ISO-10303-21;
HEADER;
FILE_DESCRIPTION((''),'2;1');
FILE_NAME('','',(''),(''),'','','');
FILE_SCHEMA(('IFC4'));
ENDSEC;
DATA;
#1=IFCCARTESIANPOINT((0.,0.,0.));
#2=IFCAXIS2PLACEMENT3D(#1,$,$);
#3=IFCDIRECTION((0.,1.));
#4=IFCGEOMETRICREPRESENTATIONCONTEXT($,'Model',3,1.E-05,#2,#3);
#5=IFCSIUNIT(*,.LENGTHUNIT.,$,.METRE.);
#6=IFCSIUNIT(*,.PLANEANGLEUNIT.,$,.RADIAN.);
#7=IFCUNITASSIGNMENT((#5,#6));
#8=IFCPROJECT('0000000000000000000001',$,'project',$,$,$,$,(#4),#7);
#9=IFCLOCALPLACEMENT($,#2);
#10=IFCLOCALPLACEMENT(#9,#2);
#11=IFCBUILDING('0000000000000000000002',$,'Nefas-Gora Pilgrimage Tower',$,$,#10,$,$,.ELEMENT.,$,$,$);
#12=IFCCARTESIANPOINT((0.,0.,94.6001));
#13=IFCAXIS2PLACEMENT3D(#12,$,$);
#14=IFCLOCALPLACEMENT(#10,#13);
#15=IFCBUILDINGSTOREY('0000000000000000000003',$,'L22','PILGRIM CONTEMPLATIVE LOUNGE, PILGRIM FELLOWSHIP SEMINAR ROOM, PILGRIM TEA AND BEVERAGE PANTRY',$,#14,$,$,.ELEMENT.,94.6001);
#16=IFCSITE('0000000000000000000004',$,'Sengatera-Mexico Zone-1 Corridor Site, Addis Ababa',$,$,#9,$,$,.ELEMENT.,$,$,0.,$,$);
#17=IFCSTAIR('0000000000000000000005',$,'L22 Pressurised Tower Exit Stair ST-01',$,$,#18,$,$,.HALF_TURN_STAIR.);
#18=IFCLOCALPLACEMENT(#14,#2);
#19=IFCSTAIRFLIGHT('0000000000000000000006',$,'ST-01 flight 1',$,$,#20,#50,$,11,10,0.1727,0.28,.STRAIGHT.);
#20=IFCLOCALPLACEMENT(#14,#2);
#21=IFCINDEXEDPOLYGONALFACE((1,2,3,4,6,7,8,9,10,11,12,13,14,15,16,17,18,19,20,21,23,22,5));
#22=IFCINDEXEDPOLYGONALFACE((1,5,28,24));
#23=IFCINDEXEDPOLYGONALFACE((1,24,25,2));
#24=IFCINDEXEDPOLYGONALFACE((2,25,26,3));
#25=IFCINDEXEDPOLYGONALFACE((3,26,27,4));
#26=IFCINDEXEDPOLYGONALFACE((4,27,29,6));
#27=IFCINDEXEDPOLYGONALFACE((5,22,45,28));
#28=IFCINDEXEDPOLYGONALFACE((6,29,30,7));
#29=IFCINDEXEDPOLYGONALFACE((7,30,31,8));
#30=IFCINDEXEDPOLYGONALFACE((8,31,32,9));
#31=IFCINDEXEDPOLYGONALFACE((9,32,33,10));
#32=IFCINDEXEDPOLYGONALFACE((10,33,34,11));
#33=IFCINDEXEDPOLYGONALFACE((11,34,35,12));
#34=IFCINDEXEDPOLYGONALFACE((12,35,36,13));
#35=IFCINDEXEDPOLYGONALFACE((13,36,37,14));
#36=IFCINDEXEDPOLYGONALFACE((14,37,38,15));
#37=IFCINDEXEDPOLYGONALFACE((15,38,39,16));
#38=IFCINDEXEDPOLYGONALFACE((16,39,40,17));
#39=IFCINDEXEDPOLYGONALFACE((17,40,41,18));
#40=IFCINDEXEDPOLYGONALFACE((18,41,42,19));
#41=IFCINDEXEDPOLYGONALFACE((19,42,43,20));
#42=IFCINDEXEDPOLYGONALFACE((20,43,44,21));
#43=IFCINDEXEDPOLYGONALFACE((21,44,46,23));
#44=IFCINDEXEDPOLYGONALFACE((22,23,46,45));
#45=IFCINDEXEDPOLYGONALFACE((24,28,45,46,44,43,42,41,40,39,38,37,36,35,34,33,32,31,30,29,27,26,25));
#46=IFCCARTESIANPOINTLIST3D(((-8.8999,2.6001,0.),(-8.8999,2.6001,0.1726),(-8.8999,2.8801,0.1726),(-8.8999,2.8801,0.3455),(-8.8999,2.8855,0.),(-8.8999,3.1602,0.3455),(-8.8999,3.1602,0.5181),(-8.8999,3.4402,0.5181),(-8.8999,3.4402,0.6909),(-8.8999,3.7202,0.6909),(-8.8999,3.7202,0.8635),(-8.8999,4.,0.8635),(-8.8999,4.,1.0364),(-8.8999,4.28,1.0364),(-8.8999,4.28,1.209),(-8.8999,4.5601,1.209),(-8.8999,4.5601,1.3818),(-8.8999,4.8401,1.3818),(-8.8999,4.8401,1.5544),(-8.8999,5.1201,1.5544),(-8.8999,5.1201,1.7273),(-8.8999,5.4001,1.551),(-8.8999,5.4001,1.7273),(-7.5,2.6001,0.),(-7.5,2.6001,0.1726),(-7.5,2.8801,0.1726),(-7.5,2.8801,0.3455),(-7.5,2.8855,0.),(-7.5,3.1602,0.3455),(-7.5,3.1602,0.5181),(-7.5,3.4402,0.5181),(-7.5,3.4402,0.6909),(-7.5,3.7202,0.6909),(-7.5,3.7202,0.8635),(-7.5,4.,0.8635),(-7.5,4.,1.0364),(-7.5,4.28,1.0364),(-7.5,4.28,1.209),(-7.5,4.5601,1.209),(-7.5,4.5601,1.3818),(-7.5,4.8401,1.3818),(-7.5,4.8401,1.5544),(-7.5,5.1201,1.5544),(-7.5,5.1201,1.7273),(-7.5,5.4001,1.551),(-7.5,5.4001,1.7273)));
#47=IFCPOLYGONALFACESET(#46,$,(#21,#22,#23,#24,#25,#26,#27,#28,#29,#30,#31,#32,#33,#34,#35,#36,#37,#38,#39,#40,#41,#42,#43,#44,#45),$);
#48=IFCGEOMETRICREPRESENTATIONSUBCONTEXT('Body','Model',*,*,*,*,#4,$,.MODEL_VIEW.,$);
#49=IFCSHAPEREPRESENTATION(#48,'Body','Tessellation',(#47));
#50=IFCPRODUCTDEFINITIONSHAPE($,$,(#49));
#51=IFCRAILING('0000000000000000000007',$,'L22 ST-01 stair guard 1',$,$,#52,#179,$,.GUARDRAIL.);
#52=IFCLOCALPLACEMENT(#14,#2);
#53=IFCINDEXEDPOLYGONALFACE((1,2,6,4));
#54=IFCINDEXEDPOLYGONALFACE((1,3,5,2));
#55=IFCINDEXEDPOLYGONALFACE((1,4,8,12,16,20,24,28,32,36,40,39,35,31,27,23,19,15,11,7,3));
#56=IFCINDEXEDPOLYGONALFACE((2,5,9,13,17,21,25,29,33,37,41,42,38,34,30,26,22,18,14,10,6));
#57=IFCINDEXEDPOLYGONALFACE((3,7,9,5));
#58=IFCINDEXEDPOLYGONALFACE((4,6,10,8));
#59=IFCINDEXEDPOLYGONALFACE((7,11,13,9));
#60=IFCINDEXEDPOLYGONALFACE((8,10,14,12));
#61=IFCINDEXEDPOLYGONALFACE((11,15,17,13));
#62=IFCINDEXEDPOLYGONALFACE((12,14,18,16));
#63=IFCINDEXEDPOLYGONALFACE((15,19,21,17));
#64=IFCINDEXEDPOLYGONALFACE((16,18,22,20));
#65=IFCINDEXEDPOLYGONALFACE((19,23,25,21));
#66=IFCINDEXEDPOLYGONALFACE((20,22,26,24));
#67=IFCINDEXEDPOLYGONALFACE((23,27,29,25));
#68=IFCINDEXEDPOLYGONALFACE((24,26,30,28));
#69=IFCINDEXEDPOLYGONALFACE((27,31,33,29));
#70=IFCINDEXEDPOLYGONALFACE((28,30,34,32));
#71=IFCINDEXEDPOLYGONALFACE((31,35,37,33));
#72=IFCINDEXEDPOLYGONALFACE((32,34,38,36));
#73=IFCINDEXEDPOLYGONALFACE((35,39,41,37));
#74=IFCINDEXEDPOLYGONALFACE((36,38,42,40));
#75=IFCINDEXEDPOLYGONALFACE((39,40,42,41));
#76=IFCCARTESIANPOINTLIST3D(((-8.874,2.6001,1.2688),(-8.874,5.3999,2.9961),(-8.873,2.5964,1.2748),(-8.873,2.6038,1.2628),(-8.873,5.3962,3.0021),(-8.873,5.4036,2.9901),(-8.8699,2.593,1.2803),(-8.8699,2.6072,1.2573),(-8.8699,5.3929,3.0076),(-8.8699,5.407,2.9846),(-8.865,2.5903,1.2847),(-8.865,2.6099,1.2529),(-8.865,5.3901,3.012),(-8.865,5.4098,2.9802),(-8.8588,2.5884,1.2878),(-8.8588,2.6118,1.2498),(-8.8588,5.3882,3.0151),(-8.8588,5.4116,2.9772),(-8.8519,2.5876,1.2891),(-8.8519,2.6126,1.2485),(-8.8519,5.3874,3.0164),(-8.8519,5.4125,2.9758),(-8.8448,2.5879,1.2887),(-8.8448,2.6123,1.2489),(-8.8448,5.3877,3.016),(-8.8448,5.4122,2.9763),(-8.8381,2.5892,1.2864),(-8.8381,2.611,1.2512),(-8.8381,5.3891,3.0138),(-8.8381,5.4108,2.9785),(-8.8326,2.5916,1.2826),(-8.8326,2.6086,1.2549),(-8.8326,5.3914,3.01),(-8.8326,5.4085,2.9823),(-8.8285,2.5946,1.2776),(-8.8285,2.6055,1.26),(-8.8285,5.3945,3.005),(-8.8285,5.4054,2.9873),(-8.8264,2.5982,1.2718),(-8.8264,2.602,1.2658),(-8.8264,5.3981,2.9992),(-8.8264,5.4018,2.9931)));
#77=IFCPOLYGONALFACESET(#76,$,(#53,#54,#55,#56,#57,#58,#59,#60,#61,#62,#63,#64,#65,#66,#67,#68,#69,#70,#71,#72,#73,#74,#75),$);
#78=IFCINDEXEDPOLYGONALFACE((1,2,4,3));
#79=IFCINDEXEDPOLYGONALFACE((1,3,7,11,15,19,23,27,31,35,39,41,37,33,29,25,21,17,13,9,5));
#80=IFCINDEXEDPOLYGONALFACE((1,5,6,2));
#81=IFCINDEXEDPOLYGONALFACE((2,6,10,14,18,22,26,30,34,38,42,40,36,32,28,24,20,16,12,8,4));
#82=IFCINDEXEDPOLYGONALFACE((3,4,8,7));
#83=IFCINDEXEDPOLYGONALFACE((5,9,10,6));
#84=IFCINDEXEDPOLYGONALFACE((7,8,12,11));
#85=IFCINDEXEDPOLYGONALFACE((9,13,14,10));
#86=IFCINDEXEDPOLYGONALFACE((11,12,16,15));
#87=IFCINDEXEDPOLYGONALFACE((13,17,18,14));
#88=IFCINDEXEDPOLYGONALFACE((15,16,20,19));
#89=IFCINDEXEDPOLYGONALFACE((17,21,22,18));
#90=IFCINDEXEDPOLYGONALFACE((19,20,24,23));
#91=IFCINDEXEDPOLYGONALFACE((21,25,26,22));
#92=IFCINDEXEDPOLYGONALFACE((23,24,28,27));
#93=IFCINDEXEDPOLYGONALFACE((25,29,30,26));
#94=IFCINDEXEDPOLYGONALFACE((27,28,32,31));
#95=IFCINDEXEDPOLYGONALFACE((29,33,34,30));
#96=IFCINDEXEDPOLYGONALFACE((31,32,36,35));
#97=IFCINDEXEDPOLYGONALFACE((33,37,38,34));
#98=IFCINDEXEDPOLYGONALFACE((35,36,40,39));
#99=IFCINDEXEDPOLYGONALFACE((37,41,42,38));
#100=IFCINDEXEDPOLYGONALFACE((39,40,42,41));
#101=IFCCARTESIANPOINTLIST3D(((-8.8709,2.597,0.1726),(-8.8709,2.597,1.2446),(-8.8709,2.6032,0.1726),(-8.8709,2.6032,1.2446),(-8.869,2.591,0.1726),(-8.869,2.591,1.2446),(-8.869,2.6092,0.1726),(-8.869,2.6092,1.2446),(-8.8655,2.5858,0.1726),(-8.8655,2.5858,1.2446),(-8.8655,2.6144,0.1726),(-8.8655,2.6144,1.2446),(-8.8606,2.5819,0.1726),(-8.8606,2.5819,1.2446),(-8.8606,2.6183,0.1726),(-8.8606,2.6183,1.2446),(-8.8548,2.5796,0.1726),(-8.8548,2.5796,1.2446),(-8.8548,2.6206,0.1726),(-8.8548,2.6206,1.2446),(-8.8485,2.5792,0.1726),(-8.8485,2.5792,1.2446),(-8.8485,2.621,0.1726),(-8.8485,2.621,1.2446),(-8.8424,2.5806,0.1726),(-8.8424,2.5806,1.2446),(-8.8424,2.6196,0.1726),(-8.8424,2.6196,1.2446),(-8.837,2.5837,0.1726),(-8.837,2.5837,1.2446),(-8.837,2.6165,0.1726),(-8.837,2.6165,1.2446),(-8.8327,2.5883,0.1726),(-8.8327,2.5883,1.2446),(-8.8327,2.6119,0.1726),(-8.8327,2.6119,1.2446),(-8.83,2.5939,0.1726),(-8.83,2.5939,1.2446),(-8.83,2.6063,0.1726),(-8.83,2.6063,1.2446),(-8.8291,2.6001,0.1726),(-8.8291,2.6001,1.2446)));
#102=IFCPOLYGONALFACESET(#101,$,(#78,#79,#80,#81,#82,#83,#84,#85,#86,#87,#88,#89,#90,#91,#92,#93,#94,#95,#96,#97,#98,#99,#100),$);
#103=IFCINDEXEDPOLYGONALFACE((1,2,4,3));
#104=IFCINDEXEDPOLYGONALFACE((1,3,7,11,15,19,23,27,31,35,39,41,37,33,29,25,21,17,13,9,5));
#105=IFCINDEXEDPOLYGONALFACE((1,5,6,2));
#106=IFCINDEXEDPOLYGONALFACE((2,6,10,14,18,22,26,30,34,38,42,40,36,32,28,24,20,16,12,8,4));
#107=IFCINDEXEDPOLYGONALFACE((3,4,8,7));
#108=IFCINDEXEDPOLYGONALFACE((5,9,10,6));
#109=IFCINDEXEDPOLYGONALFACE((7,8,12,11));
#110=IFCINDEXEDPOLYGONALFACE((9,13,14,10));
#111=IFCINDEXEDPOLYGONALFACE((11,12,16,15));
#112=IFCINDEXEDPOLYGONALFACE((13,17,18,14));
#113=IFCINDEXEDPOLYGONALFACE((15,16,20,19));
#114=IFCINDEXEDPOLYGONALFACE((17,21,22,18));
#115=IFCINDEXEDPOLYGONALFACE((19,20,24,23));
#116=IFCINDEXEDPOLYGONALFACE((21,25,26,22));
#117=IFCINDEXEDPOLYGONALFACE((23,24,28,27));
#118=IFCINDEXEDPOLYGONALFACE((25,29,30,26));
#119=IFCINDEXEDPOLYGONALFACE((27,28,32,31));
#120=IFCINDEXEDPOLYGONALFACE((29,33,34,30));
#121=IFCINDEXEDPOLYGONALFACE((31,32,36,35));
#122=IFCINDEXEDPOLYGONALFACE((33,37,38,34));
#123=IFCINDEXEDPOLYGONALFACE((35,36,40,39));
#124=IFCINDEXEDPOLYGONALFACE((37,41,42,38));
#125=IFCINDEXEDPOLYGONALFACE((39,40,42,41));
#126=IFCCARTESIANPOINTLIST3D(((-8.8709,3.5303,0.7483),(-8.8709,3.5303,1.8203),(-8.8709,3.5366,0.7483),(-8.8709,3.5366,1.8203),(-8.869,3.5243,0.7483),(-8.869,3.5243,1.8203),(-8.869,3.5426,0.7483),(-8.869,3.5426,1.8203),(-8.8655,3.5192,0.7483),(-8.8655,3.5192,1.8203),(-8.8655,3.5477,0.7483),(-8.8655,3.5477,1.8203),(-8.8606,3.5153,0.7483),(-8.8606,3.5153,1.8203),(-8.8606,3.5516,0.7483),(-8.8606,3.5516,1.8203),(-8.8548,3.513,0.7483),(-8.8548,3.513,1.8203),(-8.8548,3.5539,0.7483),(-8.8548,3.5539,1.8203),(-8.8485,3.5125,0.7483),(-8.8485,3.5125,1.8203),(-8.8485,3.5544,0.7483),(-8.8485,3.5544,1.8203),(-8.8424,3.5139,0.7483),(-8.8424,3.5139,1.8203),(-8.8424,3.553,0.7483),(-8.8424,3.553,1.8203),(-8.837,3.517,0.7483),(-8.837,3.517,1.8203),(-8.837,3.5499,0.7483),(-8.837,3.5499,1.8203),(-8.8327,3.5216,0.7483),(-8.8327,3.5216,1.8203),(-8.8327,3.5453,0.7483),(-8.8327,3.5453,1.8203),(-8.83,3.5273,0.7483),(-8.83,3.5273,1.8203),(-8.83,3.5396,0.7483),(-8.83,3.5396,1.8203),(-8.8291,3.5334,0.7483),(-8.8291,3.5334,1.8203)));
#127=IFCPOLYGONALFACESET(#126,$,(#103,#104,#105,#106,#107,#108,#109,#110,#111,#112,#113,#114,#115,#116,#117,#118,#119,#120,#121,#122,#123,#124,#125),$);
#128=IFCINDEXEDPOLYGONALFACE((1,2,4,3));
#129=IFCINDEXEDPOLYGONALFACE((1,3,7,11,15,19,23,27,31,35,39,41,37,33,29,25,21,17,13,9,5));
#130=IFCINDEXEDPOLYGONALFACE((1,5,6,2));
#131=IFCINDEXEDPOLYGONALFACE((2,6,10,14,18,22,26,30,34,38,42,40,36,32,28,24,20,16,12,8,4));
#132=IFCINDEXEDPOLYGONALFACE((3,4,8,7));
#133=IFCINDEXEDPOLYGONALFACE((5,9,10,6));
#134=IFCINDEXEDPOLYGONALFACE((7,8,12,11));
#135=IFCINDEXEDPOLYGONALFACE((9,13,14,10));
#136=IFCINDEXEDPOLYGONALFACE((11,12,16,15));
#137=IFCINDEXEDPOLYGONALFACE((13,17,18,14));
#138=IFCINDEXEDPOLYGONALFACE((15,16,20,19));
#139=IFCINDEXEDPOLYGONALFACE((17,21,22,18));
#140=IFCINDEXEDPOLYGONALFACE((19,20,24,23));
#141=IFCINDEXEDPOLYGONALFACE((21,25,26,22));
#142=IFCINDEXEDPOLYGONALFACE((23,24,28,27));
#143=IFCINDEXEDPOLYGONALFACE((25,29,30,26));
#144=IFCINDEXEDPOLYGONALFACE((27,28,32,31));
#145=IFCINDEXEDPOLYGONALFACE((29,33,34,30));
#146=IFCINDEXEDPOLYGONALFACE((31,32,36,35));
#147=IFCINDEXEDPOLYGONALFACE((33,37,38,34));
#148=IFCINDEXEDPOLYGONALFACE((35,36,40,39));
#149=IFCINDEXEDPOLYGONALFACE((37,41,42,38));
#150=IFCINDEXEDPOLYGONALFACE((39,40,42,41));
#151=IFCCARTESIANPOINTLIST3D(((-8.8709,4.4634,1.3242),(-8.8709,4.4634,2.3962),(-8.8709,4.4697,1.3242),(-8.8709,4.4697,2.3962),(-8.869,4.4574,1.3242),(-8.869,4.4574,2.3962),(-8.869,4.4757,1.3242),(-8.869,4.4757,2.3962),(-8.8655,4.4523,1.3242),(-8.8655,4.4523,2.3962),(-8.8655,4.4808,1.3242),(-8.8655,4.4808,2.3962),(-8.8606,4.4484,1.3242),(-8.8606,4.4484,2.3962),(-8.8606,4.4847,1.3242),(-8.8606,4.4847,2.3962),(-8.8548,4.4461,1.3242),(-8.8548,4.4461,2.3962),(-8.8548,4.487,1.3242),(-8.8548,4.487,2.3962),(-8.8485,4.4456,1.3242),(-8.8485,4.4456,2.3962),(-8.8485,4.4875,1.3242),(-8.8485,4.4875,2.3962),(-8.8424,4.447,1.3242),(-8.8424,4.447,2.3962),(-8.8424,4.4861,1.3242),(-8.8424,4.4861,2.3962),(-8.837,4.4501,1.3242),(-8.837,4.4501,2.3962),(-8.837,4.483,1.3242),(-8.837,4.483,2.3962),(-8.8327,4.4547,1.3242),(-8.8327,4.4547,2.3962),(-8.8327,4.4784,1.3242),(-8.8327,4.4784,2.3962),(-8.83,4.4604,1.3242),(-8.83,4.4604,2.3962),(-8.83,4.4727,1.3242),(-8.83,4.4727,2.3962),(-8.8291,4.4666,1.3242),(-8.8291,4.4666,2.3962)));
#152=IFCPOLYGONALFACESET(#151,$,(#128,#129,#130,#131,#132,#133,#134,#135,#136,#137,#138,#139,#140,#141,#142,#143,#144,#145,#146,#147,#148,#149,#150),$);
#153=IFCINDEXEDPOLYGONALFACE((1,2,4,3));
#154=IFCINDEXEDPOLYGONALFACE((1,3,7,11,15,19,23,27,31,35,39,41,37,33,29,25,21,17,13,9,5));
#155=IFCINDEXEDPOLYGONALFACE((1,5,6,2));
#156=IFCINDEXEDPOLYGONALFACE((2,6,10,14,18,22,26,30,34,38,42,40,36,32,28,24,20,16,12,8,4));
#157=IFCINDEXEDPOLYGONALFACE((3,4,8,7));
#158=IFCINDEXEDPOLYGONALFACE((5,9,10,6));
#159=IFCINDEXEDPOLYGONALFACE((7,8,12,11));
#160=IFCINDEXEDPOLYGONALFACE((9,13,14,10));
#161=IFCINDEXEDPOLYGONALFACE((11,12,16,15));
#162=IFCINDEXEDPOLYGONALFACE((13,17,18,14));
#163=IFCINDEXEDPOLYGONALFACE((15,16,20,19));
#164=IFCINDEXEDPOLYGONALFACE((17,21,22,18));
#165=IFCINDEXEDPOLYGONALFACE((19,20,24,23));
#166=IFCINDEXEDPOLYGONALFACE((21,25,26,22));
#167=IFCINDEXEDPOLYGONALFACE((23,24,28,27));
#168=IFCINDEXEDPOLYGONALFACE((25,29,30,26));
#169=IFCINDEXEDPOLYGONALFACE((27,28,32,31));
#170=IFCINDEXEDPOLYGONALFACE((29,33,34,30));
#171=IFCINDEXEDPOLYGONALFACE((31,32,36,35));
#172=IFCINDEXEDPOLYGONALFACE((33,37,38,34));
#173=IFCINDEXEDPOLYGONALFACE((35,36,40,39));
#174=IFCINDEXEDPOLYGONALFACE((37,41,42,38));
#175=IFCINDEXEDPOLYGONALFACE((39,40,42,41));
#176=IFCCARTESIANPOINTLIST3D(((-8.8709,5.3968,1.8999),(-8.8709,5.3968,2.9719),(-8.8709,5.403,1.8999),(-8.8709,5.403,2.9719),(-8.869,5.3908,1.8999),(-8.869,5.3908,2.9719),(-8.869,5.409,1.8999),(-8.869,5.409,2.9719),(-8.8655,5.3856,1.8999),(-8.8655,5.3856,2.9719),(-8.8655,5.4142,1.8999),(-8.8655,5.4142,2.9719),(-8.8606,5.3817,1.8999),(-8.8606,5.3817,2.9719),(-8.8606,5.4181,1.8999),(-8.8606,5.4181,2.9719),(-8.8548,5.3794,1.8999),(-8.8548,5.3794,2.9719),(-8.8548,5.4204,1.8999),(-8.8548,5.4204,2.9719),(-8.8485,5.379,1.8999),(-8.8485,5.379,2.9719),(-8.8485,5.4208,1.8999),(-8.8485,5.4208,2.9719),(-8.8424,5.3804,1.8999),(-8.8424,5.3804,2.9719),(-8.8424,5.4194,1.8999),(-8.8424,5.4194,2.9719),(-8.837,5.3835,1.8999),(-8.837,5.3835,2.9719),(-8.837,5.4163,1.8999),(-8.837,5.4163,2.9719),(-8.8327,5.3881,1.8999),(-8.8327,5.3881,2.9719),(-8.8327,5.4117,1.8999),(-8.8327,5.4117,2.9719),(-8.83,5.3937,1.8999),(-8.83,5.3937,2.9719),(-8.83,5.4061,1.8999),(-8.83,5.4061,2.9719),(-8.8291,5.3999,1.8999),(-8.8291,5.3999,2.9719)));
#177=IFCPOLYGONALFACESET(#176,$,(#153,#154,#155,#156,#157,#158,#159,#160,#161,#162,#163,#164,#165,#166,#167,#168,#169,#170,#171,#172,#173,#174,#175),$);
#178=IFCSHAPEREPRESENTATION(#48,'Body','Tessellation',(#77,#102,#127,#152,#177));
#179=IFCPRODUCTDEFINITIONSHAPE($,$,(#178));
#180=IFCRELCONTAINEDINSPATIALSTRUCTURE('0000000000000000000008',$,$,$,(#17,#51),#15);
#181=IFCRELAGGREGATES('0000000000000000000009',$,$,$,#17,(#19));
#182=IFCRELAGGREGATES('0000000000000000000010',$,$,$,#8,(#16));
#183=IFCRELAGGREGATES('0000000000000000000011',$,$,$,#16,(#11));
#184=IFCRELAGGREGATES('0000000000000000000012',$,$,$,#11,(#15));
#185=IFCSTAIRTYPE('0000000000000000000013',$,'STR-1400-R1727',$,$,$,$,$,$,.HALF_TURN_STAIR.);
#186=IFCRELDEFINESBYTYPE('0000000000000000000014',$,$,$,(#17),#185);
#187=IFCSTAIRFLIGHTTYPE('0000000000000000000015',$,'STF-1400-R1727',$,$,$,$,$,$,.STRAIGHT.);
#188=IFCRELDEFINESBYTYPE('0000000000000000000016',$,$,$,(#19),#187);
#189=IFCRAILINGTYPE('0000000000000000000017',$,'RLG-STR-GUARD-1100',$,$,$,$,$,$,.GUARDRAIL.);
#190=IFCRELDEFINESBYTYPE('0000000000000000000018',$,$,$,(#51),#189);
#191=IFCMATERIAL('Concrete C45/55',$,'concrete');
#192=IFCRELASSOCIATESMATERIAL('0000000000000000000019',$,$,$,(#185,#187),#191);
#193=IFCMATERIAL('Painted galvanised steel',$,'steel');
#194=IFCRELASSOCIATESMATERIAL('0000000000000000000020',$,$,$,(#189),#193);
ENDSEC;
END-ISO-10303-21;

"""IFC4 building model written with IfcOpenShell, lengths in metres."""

from ifc_helpers import new_model, si_unit, direction, frame, origin, origin_2d, place, context, subcontext, project, spatial, polyline, circle, outline, extrude, source, transform, mapped, material, type_object, element, aggregate, save


model = new_model("IFC4")

# Units and contexts
model_context = context("Model", 3, precision=1e-05, world=origin(), true_north=direction((0.0, 1.0)))
body_context = subcontext(model_context, "Body", "Model", "MODEL_VIEW")
ifc_project = project(units=[si_unit("LENGTHUNIT", "METRE"), si_unit("PLANEANGLEUNIT", "RADIAN")], contexts=[model_context])

# Site, building, storey
site_placement = place(None, origin())
site = spatial("IfcSite", under=ifc_project, at=site_placement, Name="Sengatera-Mexico Zone-1 Corridor Site, Addis Ababa", CompositionType="ELEMENT", RefElevation=0.0)
building_placement = place(site_placement, origin())
building = spatial("IfcBuilding", under=site, at=building_placement, Name="Nefas-Gora Pilgrimage Tower", CompositionType="ELEMENT")
storey_placement = place(building_placement, frame((0.0, 0.0, 94.6001)))
storey = spatial("IfcBuildingStorey", under=building, at=storey_placement, Name="L22", Description="PILGRIM CONTEMPLATIVE LOUNGE, PILGRIM FELLOWSHIP SEMINAR ROOM, PILGRIM TEA AND BEVERAGE PANTRY", CompositionType="ELEMENT", Elevation=94.6001)

# Stair
ifc_material_1 = material(Name="Concrete C45/55", Category="concrete")
stair_type = type_object("IfcStairType", Name="STR-1400-R1727", PredefinedType="HALF_TURN_STAIR", material=ifc_material_1)
stair_1_placement = place(storey_placement, origin())
stair_1 = element("IfcStair", 1, at=stair_1_placement, inside=storey, type_object=stair_type, Name="L22 Pressurised Tower Exit Stair ST-01", PredefinedType="HALF_TURN_STAIR")

# Stair flight
stair_flight_type = type_object("IfcStairFlightType", Name="STF-1400-R1727", PredefinedType="STRAIGHT", material=ifc_material_1)
shared_shape_1 = source(origin(), body_context, "Body", "SweptSolid", [
    extrude(outline(polyline([(0.0, 0.0), (0.0, 0.1726), (0.28, 0.1726), (0.28, 0.3455), (0.5601, 0.3455), (0.5601, 0.5181), (0.8401, 0.5181), (0.8401, 0.6909), (1.1201, 0.6909), (1.1201, 0.8635), (1.3999, 0.8635), (1.3999, 1.0364), (1.6799, 1.0364), (1.6799, 1.209), (1.96, 1.209), (1.96, 1.3818), (2.24, 1.3818), (2.24, 1.5544), (2.52, 1.5544), (2.52, 1.7273), (2.8, 1.7273), (2.8, 1.8999), (2.8, 1.551), (0.2854, 0.0), (0.0, 0.0)])), frame((0.0, 0.7, 0.0), z_axis=(0.0, -1.0, 0.0), x_axis=(1.0, 0.0, 0.0)), (0.0, 0.0, 1.0), 1.3999),
])
stair_flight_placement = place(storey_placement, frame((-8.2, 2.6001, 0.0), z_axis=(0.0, 0.0, 1.0), x_axis=(0.0, 1.0, 0.0)))
stair_flight = element("IfcStairFlight", 2, at=stair_flight_placement, type_object=stair_flight_type, Name="ST-01 flight 1", NumberOfRisers=11, NumberOfTreads=10, PredefinedType="STRAIGHT", RiserHeight=0.1727, TreadLength=0.28, context=body_context, shape_type="MappedRepresentation", body=[
    mapped(shared_shape_1, transform((0.0, 0.0, 0.0), x_axis=(1.0, 0.0, 0.0), y_axis=(0.0, 1.0, 0.0), z_axis=(0.0, 0.0, 1.0), scale=1.0)),
])
aggregate(stair_1, [stair_flight])

# Railing
ifc_material_2 = material(Name="Painted galvanised steel", Category="steel")
railing_type_1 = type_object("IfcRailingType", Name="RLG-STR-GUARD-1100", PredefinedType="GUARDRAIL", material=ifc_material_2)
railing_1_placement = place(storey_placement, frame((-8.8501, 2.6001, 0.1726)))
element("IfcRailing", 3, at=railing_1_placement, inside=storey, type_object=railing_type_1, Name="L22 ST-01 stair guard 1", PredefinedType="GUARDRAIL", context=body_context, shape_type="SweptSolid", body=[
    extrude(circle(Radius=0.0239, at=origin_2d()), frame((0.0, 0.0, 1.0962), z_axis=(0.0, 0.851069, 0.525054), x_axis=(-1.0, 0.0, 0.0)), (0.0, 0.0, 1.0), 3.2898),
    extrude(circle(Radius=0.021, at=origin_2d()), origin(), (0.0, 0.0, 1.0), 1.072),
    extrude(circle(Radius=0.021, at=origin_2d()), frame((0.0, 0.9333, 0.5757)), (0.0, 0.0, 1.0), 1.072),
    extrude(circle(Radius=0.021, at=origin_2d()), frame((0.0, 1.8665, 1.1516)), (0.0, 0.0, 1.0), 1.072),
    extrude(circle(Radius=0.021, at=origin_2d()), frame((0.0, 2.7998, 1.7273)), (0.0, 0.0, 1.0), 1.072),
])

save(model, "model.ifc")
